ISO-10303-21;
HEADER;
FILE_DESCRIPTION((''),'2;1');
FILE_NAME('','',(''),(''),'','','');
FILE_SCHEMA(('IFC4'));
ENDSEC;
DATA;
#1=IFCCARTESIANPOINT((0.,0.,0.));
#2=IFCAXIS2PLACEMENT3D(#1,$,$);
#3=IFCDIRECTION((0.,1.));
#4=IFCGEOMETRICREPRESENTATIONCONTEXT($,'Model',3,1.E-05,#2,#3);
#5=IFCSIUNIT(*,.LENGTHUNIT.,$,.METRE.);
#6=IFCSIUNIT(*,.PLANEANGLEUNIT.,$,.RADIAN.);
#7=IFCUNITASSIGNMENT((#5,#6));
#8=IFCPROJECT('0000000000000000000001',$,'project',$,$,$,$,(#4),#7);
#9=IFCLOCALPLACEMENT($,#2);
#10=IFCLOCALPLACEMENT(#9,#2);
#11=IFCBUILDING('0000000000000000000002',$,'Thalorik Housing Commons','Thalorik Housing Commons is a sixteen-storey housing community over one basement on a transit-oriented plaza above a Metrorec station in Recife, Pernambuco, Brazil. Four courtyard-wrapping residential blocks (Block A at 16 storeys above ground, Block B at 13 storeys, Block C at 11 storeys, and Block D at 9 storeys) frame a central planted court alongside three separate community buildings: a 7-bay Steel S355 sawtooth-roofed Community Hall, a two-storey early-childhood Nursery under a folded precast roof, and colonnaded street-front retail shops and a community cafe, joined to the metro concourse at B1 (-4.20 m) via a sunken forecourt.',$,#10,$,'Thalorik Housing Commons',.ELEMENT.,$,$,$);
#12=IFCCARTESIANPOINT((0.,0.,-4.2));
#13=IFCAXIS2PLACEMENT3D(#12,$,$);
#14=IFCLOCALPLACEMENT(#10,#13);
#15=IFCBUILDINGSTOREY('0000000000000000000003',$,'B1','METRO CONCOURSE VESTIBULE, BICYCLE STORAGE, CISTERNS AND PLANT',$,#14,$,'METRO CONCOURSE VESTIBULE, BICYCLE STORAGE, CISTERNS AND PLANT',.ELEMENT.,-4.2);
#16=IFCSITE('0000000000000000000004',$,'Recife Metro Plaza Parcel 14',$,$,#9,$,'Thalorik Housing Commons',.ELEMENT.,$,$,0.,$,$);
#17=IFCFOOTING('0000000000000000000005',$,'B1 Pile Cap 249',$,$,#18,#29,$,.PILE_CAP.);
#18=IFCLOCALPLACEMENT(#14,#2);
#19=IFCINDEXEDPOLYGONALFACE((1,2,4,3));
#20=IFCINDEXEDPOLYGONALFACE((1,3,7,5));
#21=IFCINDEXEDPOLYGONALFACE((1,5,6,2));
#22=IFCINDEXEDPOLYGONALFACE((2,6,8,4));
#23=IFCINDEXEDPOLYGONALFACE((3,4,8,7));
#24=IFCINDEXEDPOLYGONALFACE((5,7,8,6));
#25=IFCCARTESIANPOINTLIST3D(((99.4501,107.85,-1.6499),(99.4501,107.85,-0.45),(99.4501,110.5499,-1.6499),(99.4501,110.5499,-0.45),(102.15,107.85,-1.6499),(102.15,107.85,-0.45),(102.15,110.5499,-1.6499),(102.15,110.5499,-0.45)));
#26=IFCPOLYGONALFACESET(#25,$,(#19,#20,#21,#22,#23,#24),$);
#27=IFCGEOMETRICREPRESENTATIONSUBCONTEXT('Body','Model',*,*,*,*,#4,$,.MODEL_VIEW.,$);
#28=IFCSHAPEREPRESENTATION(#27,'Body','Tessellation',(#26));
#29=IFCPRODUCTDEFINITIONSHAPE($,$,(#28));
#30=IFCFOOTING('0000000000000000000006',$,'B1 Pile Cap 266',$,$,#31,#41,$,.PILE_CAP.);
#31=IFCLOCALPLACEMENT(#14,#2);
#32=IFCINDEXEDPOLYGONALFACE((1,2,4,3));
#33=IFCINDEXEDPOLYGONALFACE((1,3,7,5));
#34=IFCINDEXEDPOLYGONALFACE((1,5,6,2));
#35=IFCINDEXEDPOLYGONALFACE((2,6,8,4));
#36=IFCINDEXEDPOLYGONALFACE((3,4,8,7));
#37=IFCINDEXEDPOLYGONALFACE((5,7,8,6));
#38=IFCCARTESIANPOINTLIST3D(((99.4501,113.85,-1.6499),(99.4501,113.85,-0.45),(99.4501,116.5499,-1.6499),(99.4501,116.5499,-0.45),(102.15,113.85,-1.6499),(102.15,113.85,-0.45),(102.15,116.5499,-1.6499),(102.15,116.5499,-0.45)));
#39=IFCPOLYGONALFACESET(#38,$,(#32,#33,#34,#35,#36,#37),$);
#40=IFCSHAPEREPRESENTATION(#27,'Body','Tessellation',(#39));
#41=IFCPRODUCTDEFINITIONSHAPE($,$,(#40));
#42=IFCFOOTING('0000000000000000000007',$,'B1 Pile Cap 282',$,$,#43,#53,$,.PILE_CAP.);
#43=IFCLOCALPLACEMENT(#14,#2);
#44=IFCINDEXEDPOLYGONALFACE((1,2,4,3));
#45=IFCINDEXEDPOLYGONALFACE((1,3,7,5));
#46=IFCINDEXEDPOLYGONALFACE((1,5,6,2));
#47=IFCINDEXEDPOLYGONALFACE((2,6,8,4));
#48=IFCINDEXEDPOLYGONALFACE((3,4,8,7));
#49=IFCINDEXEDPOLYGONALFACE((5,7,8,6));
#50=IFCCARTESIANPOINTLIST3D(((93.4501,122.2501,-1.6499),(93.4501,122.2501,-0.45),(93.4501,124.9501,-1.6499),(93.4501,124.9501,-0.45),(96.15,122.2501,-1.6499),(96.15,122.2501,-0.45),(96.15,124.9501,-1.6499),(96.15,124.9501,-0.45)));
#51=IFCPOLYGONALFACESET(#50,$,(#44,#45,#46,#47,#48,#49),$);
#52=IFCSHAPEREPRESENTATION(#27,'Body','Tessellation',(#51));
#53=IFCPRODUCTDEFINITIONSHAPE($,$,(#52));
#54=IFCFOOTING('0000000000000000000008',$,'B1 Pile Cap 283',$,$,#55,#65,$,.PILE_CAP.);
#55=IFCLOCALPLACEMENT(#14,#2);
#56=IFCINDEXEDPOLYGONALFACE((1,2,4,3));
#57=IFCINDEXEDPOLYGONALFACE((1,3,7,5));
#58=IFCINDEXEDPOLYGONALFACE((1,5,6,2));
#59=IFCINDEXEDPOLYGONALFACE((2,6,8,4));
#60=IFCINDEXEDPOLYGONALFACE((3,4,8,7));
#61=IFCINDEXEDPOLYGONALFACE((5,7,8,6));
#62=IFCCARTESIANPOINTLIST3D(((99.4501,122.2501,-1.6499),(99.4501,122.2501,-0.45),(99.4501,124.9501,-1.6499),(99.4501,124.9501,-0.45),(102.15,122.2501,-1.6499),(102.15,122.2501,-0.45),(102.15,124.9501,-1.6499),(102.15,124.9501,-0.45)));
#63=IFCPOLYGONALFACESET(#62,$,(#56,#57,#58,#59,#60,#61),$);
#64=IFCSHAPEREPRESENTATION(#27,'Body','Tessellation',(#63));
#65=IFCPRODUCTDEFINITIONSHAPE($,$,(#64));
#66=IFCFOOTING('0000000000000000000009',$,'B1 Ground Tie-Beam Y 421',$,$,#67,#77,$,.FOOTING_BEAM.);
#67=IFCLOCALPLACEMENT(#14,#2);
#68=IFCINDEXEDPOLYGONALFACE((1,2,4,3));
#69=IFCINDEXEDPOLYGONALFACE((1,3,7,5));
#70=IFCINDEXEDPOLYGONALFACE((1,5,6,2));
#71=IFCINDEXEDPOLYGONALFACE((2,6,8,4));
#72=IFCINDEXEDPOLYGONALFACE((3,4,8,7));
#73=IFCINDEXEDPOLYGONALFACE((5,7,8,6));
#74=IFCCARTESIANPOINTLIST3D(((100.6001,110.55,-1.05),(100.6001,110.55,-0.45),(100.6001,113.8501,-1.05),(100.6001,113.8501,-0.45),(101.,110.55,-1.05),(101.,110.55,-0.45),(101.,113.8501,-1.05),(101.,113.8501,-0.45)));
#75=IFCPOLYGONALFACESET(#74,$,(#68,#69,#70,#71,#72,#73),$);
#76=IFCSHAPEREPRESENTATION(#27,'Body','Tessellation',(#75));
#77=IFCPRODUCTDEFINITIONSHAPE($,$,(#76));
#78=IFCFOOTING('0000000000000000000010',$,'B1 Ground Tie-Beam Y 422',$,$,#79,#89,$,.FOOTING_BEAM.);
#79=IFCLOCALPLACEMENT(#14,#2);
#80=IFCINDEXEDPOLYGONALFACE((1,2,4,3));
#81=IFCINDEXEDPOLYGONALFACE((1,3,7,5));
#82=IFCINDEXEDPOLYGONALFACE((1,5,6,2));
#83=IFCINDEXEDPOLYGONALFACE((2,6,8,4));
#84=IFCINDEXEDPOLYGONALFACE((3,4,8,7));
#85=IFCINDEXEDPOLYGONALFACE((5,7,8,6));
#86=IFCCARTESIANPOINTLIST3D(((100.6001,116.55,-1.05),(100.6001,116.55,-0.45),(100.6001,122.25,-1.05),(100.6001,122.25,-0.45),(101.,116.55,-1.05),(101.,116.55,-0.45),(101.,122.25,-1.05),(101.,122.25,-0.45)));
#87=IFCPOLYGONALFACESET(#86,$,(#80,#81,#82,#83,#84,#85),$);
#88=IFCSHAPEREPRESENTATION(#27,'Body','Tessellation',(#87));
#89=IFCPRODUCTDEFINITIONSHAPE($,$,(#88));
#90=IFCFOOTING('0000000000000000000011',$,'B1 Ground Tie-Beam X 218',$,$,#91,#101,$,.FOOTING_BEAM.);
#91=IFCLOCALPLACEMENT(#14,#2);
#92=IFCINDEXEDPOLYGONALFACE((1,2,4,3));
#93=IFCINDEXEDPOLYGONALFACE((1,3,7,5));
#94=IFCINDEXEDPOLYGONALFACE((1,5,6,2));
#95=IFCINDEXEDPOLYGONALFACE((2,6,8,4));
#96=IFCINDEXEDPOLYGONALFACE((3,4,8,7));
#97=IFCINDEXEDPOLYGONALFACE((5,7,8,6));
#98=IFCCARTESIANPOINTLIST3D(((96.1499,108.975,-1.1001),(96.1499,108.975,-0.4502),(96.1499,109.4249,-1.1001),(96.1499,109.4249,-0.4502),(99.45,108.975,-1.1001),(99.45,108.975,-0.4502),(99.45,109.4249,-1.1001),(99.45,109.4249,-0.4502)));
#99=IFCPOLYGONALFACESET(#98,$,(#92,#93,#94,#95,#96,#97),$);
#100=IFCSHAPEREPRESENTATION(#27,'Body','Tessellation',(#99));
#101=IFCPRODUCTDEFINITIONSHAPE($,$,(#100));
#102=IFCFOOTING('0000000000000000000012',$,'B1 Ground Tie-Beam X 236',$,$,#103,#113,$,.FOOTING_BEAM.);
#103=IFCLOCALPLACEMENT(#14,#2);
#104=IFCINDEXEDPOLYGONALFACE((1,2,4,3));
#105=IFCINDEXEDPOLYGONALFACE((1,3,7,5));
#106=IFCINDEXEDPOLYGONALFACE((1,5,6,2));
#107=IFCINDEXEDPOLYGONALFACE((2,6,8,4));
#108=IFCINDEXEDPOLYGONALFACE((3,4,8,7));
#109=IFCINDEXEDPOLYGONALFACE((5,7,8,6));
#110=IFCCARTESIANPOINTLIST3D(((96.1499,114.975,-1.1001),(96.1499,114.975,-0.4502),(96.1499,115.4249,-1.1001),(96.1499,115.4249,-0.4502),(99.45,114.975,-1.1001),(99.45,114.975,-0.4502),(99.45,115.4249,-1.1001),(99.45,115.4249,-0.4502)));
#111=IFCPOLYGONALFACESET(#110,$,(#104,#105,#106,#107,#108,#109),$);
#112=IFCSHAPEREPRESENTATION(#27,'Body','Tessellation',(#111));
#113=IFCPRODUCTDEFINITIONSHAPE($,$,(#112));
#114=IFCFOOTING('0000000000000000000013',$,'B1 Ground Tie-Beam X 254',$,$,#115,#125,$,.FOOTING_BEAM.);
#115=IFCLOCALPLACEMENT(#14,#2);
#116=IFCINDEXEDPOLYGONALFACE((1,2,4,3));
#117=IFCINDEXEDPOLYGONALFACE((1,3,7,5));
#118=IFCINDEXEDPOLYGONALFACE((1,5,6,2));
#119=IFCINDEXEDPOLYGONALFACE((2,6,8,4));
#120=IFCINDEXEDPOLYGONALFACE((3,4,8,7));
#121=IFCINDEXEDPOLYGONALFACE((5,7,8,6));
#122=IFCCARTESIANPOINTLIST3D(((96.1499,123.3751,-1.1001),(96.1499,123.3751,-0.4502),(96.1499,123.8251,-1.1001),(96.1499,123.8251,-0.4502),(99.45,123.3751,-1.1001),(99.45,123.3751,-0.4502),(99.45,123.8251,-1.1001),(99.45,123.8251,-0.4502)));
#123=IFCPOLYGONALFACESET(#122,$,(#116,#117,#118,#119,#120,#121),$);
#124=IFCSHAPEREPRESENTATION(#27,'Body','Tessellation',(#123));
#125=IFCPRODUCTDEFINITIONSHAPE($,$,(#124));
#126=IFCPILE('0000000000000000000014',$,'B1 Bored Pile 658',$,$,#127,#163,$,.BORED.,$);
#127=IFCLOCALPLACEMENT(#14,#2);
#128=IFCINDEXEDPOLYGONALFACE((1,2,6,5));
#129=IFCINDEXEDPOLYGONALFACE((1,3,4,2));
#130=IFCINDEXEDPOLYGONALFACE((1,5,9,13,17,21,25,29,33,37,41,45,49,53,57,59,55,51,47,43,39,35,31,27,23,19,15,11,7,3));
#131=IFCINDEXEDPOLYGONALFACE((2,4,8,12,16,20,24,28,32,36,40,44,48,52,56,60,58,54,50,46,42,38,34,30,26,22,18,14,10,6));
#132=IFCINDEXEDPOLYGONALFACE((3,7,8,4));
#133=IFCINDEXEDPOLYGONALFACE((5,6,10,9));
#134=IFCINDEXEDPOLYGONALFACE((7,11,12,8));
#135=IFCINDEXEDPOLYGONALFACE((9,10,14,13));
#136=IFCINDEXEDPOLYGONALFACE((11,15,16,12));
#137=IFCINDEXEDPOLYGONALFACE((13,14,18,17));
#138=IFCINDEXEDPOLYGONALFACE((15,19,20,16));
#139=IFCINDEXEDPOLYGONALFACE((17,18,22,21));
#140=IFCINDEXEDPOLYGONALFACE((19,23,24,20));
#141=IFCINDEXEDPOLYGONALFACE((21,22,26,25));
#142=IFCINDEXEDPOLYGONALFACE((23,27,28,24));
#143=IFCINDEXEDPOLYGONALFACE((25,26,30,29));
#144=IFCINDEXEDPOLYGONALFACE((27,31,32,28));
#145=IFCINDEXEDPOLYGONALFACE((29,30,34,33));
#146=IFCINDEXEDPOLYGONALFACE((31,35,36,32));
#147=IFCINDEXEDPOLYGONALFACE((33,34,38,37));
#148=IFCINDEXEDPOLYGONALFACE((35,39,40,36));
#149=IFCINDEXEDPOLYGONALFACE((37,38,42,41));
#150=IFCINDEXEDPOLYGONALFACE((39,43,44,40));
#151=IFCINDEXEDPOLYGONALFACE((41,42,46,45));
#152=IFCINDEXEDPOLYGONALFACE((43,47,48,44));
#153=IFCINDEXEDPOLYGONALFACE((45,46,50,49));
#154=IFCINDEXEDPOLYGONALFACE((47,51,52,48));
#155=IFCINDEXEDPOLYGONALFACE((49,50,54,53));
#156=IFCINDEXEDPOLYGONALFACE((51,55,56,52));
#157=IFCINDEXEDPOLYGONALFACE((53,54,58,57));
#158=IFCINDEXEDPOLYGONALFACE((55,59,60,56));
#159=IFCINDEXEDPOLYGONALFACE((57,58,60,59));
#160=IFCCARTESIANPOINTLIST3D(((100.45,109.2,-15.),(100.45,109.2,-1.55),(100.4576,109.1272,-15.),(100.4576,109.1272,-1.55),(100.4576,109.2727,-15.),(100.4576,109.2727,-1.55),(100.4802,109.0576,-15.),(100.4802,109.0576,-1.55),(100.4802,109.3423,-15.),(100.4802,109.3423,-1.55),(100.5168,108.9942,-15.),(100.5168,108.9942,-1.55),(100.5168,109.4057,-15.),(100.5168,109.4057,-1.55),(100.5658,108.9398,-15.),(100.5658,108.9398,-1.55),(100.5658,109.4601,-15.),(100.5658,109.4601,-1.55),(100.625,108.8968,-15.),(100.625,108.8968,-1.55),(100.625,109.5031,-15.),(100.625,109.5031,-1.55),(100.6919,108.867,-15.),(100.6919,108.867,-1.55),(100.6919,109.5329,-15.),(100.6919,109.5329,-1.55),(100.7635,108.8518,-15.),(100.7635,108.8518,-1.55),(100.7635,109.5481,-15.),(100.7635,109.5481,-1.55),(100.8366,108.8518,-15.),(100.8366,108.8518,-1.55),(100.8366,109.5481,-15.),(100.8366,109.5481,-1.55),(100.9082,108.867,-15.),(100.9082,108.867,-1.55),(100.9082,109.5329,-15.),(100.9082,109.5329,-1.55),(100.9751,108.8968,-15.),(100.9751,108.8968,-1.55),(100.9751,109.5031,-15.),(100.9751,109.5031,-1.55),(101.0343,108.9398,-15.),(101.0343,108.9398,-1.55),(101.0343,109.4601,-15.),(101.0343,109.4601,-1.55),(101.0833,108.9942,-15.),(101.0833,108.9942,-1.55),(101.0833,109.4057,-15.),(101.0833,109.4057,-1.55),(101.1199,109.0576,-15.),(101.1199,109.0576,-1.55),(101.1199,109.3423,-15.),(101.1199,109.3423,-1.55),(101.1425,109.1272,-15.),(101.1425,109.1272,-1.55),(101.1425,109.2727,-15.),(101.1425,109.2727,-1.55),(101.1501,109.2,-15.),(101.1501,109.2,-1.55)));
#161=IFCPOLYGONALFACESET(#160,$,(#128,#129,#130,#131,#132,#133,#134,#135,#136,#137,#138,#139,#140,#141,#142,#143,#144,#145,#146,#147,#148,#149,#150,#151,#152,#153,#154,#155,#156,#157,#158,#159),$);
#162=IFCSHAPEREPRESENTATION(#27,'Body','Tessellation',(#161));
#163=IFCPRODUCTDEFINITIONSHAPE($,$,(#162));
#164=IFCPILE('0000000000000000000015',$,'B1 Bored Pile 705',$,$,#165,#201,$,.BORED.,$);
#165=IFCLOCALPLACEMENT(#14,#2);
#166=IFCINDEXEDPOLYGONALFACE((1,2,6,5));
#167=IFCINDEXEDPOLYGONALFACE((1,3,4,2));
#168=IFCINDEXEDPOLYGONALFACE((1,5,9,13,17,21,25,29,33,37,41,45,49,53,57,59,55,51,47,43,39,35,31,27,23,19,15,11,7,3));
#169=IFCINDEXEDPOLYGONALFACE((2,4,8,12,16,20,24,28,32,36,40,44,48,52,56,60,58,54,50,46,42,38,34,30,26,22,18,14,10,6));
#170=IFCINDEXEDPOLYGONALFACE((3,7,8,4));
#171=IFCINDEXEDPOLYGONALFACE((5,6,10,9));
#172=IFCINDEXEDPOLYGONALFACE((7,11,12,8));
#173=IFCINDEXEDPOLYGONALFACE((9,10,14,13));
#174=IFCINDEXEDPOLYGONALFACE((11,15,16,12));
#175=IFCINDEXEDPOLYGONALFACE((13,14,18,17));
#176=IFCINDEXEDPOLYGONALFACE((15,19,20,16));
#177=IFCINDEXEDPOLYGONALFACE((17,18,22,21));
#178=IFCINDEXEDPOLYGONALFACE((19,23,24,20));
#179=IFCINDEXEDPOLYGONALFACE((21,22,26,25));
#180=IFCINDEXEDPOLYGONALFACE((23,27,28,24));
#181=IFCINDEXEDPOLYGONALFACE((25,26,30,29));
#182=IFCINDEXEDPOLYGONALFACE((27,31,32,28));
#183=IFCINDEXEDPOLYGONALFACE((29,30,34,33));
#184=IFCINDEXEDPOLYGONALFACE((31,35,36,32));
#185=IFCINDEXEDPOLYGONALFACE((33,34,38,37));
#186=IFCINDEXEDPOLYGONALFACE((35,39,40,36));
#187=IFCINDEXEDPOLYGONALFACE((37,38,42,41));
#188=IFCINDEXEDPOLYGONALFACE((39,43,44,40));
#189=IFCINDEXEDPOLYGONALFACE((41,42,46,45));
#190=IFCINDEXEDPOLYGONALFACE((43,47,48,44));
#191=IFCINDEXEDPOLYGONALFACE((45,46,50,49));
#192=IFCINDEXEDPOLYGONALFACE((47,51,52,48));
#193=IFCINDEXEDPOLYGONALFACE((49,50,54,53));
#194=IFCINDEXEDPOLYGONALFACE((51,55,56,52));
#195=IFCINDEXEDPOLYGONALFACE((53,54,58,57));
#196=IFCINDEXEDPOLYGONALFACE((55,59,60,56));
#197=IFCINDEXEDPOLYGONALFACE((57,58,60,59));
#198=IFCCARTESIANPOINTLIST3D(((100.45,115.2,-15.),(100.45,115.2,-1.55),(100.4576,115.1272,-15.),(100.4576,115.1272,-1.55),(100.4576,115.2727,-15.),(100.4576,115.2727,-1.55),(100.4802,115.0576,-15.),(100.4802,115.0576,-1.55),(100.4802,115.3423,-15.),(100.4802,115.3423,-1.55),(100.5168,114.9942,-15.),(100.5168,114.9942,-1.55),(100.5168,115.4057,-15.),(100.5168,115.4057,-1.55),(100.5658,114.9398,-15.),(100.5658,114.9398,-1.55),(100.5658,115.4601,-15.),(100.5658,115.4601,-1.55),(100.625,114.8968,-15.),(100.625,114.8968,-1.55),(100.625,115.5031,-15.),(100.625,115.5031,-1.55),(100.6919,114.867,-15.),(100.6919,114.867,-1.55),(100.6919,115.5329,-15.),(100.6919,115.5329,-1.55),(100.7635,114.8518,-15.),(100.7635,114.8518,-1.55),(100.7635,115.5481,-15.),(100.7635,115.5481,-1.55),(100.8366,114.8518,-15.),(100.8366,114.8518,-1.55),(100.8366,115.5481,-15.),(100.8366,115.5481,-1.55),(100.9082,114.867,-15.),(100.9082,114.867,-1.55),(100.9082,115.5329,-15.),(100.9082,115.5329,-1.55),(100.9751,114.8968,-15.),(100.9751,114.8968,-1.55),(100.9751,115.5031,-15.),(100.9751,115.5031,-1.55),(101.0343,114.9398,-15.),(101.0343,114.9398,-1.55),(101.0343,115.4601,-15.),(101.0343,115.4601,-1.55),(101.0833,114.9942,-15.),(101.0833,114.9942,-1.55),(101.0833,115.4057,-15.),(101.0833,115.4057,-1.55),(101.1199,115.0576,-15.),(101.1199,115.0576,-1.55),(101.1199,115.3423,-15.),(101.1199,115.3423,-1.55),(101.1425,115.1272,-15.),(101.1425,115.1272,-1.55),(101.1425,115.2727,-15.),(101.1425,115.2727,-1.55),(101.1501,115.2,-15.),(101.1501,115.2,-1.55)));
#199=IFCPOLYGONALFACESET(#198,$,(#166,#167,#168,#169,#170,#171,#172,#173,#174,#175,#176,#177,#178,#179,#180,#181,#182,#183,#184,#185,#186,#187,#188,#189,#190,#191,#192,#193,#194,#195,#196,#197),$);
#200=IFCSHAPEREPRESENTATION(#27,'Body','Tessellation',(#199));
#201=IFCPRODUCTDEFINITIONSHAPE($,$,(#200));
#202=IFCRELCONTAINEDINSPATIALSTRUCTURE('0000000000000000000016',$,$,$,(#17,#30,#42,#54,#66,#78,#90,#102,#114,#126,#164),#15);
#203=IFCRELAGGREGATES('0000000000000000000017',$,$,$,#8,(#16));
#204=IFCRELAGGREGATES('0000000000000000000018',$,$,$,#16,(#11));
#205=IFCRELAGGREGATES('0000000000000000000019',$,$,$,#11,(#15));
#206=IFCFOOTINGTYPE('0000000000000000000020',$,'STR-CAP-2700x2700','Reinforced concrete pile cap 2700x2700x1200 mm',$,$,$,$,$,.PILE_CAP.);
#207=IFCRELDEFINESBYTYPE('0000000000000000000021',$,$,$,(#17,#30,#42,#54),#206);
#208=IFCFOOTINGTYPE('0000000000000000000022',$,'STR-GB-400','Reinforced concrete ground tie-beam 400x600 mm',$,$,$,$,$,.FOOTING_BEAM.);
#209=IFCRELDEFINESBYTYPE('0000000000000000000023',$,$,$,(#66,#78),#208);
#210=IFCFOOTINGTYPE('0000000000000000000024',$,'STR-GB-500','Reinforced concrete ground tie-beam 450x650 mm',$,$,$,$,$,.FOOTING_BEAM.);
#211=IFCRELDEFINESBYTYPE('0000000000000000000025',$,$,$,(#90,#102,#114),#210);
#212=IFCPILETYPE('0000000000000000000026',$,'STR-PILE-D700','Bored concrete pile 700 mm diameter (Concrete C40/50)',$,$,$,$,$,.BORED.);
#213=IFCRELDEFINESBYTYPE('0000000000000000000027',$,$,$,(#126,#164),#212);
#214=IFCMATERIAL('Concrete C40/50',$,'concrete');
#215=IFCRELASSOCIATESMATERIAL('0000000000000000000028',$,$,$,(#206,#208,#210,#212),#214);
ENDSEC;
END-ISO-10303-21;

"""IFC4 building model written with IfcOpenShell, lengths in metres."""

from ifc_helpers import new_model, si_unit, direction, frame, origin, origin_2d, place, context, subcontext, project, spatial, rectangle, circle, extrude, material, material_profile, profile_set, type_object, element, save


model = new_model("IFC4")

# Units and contexts
model_context = context("Model", 3, precision=1e-05, world=origin(), true_north=direction((0.0, 1.0)))
body_context = subcontext(model_context, "Body", "Model", "MODEL_VIEW")
ifc_project = project(units=[si_unit("LENGTHUNIT", "METRE"), si_unit("PLANEANGLEUNIT", "RADIAN")], contexts=[model_context])

# Site, building, storey
site_placement = place(None, origin())
site = spatial("IfcSite", under=ifc_project, at=site_placement, Name="Recife Metro Plaza Parcel 14", LongName="Thalorik Housing Commons", CompositionType="ELEMENT", RefElevation=0.0)
building_placement = place(site_placement, origin())
building = spatial("IfcBuilding", under=site, at=building_placement, Name="Thalorik Housing Commons", Description="Thalorik Housing Commons is a sixteen-storey housing community over one basement on a transit-oriented plaza above a Metrorec station in Recife, Pernambuco, Brazil. Four courtyard-wrapping residential blocks (Block A at 16 storeys above ground, Block B at 13 storeys, Block C at 11 storeys, and Block D at 9 storeys) frame a central planted court alongside three separate community buildings: a 7-bay Steel S355 sawtooth-roofed Community Hall, a two-storey early-childhood Nursery under a folded precast roof, and colonnaded street-front retail shops and a community cafe, joined to the metro concourse at B1 (-4.20 m) via a sunken forecourt.", LongName="Thalorik Housing Commons", CompositionType="ELEMENT")
storey_placement = place(building_placement, frame((0.0, 0.0, -4.2)))
storey = spatial("IfcBuildingStorey", under=building, at=storey_placement, Name="B1", Description="METRO CONCOURSE VESTIBULE, BICYCLE STORAGE, CISTERNS AND PLANT", LongName="METRO CONCOURSE VESTIBULE, BICYCLE STORAGE, CISTERNS AND PLANT", CompositionType="ELEMENT", Elevation=-4.2)

# Footings
ifc_material_1 = material(Name="Concrete C40/50", Category="concrete")
footing_type_1 = type_object("IfcFootingType", Name="STR-CAP-2700x2700", Description="Reinforced concrete pile cap 2700x2700x1200 mm", PredefinedType="PILE_CAP", material=ifc_material_1)
for number, where, z_axis, x_axis, name in (
    (1, (100.8, 109.2, -1.6499), (0.0, 0.0, 1.0), (1.0, 0.0, 0.0), "B1 Pile Cap 249"),
    (2, (100.8, 115.2, -1.6499), (0.0, 0.0, 1.0), (1.0, 0.0, 0.0), "B1 Pile Cap 266"),
    (3, (94.8, 123.6001, -1.6499), (0.0, 0.0, 1.0), (1.0, 0.0, 0.0), "B1 Pile Cap 282"),
    (4, (100.8, 123.6001, -1.6499), (0.0, 0.0, 1.0), (1.0, 0.0, 0.0), "B1 Pile Cap 283"),
):
    element("IfcFooting", number, at=place(storey_placement, frame(where, z_axis=z_axis, x_axis=x_axis)), inside=storey, type_object=footing_type_1, Name=name, PredefinedType="PILE_CAP", context=body_context, shape_type="SweptSolid", body=[
        extrude(rectangle(XDim=2.7, YDim=2.7, at=origin_2d()), origin(), (0.0, 0.0, 1.0), 1.2),
    ])
ifc_material_profile_1 = material_profile(ifc_material_1, rectangle(XDim=0.3999, YDim=0.6001, at=origin_2d()), Name="RC 400x600", Category="concrete")
ifc_profile_set_1 = profile_set([ifc_material_profile_1], Name="Concrete C40/50")
footing_type_2 = type_object("IfcFootingType", Name="STR-GB-400", Description="Reinforced concrete ground tie-beam 400x600 mm", PredefinedType="FOOTING_BEAM", material=ifc_profile_set_1)
footing_1_placement = place(storey_placement, frame((100.8, 110.55, -0.75), z_axis=(0.0, 1.0, 0.0), x_axis=(-1.0, 0.0, 0.0)))
element("IfcFooting", 5, at=footing_1_placement, inside=storey, type_object=footing_type_2, Name="B1 Ground Tie-Beam Y 421", PredefinedType="FOOTING_BEAM", context=body_context, shape_type="SweptSolid", body=[
    extrude(rectangle(XDim=0.3999, YDim=0.6001, at=origin_2d()), origin(), (0.0, 0.0, 1.0), 3.3),
])
footing_2_placement = place(storey_placement, frame((100.8, 116.55, -0.75), z_axis=(0.0, 1.0, 0.0), x_axis=(-1.0, 0.0, 0.0)))
element("IfcFooting", 6, at=footing_2_placement, inside=storey, type_object=footing_type_2, Name="B1 Ground Tie-Beam Y 422", PredefinedType="FOOTING_BEAM", context=body_context, shape_type="SweptSolid", body=[
    extrude(rectangle(XDim=0.3999, YDim=0.6001, at=origin_2d()), origin(), (0.0, 0.0, 1.0), 5.7),
])
ifc_material_profile_2 = material_profile(ifc_material_1, rectangle(XDim=0.45, YDim=0.6499, at=origin_2d()), Name="RC 450x650", Category="concrete")
ifc_profile_set_2 = profile_set([ifc_material_profile_2], Name="Concrete C40/50")
footing_type_3 = type_object("IfcFootingType", Name="STR-GB-500", Description="Reinforced concrete ground tie-beam 450x650 mm", PredefinedType="FOOTING_BEAM", material=ifc_profile_set_2)
for number, where, z_axis, x_axis, name in (
    (7, (96.1499, 109.2, -0.7751), (1.0, 0.0, 0.0), (0.0, 1.0, 0.0), "B1 Ground Tie-Beam X 218"),
    (8, (96.1499, 115.2, -0.7751), (1.0, 0.0, 0.0), (0.0, 1.0, 0.0), "B1 Ground Tie-Beam X 236"),
    (9, (96.1499, 123.6001, -0.7751), (1.0, 0.0, 0.0), (0.0, 1.0, 0.0), "B1 Ground Tie-Beam X 254"),
):
    element("IfcFooting", number, at=place(storey_placement, frame(where, z_axis=z_axis, x_axis=x_axis)), inside=storey, type_object=footing_type_3, Name=name, PredefinedType="FOOTING_BEAM", context=body_context, shape_type="SweptSolid", body=[
        extrude(rectangle(XDim=0.45, YDim=0.6499, at=origin_2d()), origin(), (0.0, 0.0, 1.0), 3.3),
    ])

# Piles
ifc_material_profile_3 = material_profile(ifc_material_1, circle(Radius=0.3501, at=origin_2d()), Name="BORED PILE D700", Category="concrete")
ifc_profile_set_3 = profile_set([ifc_material_profile_3], Name="Concrete C40/50")
pile_type = type_object("IfcPileType", Name="STR-PILE-D700", Description="Bored concrete pile 700 mm diameter (Concrete C40/50)", PredefinedType="BORED", material=ifc_profile_set_3)
for number, where, z_axis, x_axis, name in (
    (10, (100.8, 109.2, -1.55), (0.0, 0.0, -1.0), (1.0, 0.0, 0.0), "B1 Bored Pile 658"),
    (11, (100.8, 115.2, -1.55), (0.0, 0.0, -1.0), (1.0, 0.0, 0.0), "B1 Bored Pile 705"),
):
    element("IfcPile", number, at=place(storey_placement, frame(where, z_axis=z_axis, x_axis=x_axis)), inside=storey, type_object=pile_type, Name=name, PredefinedType="BORED", context=body_context, shape_type="SweptSolid", body=[
        extrude(circle(Radius=0.3501, at=origin_2d()), origin(), (0.0, 0.0, 1.0), 13.45),
    ])

save(model, "model.ifc")
